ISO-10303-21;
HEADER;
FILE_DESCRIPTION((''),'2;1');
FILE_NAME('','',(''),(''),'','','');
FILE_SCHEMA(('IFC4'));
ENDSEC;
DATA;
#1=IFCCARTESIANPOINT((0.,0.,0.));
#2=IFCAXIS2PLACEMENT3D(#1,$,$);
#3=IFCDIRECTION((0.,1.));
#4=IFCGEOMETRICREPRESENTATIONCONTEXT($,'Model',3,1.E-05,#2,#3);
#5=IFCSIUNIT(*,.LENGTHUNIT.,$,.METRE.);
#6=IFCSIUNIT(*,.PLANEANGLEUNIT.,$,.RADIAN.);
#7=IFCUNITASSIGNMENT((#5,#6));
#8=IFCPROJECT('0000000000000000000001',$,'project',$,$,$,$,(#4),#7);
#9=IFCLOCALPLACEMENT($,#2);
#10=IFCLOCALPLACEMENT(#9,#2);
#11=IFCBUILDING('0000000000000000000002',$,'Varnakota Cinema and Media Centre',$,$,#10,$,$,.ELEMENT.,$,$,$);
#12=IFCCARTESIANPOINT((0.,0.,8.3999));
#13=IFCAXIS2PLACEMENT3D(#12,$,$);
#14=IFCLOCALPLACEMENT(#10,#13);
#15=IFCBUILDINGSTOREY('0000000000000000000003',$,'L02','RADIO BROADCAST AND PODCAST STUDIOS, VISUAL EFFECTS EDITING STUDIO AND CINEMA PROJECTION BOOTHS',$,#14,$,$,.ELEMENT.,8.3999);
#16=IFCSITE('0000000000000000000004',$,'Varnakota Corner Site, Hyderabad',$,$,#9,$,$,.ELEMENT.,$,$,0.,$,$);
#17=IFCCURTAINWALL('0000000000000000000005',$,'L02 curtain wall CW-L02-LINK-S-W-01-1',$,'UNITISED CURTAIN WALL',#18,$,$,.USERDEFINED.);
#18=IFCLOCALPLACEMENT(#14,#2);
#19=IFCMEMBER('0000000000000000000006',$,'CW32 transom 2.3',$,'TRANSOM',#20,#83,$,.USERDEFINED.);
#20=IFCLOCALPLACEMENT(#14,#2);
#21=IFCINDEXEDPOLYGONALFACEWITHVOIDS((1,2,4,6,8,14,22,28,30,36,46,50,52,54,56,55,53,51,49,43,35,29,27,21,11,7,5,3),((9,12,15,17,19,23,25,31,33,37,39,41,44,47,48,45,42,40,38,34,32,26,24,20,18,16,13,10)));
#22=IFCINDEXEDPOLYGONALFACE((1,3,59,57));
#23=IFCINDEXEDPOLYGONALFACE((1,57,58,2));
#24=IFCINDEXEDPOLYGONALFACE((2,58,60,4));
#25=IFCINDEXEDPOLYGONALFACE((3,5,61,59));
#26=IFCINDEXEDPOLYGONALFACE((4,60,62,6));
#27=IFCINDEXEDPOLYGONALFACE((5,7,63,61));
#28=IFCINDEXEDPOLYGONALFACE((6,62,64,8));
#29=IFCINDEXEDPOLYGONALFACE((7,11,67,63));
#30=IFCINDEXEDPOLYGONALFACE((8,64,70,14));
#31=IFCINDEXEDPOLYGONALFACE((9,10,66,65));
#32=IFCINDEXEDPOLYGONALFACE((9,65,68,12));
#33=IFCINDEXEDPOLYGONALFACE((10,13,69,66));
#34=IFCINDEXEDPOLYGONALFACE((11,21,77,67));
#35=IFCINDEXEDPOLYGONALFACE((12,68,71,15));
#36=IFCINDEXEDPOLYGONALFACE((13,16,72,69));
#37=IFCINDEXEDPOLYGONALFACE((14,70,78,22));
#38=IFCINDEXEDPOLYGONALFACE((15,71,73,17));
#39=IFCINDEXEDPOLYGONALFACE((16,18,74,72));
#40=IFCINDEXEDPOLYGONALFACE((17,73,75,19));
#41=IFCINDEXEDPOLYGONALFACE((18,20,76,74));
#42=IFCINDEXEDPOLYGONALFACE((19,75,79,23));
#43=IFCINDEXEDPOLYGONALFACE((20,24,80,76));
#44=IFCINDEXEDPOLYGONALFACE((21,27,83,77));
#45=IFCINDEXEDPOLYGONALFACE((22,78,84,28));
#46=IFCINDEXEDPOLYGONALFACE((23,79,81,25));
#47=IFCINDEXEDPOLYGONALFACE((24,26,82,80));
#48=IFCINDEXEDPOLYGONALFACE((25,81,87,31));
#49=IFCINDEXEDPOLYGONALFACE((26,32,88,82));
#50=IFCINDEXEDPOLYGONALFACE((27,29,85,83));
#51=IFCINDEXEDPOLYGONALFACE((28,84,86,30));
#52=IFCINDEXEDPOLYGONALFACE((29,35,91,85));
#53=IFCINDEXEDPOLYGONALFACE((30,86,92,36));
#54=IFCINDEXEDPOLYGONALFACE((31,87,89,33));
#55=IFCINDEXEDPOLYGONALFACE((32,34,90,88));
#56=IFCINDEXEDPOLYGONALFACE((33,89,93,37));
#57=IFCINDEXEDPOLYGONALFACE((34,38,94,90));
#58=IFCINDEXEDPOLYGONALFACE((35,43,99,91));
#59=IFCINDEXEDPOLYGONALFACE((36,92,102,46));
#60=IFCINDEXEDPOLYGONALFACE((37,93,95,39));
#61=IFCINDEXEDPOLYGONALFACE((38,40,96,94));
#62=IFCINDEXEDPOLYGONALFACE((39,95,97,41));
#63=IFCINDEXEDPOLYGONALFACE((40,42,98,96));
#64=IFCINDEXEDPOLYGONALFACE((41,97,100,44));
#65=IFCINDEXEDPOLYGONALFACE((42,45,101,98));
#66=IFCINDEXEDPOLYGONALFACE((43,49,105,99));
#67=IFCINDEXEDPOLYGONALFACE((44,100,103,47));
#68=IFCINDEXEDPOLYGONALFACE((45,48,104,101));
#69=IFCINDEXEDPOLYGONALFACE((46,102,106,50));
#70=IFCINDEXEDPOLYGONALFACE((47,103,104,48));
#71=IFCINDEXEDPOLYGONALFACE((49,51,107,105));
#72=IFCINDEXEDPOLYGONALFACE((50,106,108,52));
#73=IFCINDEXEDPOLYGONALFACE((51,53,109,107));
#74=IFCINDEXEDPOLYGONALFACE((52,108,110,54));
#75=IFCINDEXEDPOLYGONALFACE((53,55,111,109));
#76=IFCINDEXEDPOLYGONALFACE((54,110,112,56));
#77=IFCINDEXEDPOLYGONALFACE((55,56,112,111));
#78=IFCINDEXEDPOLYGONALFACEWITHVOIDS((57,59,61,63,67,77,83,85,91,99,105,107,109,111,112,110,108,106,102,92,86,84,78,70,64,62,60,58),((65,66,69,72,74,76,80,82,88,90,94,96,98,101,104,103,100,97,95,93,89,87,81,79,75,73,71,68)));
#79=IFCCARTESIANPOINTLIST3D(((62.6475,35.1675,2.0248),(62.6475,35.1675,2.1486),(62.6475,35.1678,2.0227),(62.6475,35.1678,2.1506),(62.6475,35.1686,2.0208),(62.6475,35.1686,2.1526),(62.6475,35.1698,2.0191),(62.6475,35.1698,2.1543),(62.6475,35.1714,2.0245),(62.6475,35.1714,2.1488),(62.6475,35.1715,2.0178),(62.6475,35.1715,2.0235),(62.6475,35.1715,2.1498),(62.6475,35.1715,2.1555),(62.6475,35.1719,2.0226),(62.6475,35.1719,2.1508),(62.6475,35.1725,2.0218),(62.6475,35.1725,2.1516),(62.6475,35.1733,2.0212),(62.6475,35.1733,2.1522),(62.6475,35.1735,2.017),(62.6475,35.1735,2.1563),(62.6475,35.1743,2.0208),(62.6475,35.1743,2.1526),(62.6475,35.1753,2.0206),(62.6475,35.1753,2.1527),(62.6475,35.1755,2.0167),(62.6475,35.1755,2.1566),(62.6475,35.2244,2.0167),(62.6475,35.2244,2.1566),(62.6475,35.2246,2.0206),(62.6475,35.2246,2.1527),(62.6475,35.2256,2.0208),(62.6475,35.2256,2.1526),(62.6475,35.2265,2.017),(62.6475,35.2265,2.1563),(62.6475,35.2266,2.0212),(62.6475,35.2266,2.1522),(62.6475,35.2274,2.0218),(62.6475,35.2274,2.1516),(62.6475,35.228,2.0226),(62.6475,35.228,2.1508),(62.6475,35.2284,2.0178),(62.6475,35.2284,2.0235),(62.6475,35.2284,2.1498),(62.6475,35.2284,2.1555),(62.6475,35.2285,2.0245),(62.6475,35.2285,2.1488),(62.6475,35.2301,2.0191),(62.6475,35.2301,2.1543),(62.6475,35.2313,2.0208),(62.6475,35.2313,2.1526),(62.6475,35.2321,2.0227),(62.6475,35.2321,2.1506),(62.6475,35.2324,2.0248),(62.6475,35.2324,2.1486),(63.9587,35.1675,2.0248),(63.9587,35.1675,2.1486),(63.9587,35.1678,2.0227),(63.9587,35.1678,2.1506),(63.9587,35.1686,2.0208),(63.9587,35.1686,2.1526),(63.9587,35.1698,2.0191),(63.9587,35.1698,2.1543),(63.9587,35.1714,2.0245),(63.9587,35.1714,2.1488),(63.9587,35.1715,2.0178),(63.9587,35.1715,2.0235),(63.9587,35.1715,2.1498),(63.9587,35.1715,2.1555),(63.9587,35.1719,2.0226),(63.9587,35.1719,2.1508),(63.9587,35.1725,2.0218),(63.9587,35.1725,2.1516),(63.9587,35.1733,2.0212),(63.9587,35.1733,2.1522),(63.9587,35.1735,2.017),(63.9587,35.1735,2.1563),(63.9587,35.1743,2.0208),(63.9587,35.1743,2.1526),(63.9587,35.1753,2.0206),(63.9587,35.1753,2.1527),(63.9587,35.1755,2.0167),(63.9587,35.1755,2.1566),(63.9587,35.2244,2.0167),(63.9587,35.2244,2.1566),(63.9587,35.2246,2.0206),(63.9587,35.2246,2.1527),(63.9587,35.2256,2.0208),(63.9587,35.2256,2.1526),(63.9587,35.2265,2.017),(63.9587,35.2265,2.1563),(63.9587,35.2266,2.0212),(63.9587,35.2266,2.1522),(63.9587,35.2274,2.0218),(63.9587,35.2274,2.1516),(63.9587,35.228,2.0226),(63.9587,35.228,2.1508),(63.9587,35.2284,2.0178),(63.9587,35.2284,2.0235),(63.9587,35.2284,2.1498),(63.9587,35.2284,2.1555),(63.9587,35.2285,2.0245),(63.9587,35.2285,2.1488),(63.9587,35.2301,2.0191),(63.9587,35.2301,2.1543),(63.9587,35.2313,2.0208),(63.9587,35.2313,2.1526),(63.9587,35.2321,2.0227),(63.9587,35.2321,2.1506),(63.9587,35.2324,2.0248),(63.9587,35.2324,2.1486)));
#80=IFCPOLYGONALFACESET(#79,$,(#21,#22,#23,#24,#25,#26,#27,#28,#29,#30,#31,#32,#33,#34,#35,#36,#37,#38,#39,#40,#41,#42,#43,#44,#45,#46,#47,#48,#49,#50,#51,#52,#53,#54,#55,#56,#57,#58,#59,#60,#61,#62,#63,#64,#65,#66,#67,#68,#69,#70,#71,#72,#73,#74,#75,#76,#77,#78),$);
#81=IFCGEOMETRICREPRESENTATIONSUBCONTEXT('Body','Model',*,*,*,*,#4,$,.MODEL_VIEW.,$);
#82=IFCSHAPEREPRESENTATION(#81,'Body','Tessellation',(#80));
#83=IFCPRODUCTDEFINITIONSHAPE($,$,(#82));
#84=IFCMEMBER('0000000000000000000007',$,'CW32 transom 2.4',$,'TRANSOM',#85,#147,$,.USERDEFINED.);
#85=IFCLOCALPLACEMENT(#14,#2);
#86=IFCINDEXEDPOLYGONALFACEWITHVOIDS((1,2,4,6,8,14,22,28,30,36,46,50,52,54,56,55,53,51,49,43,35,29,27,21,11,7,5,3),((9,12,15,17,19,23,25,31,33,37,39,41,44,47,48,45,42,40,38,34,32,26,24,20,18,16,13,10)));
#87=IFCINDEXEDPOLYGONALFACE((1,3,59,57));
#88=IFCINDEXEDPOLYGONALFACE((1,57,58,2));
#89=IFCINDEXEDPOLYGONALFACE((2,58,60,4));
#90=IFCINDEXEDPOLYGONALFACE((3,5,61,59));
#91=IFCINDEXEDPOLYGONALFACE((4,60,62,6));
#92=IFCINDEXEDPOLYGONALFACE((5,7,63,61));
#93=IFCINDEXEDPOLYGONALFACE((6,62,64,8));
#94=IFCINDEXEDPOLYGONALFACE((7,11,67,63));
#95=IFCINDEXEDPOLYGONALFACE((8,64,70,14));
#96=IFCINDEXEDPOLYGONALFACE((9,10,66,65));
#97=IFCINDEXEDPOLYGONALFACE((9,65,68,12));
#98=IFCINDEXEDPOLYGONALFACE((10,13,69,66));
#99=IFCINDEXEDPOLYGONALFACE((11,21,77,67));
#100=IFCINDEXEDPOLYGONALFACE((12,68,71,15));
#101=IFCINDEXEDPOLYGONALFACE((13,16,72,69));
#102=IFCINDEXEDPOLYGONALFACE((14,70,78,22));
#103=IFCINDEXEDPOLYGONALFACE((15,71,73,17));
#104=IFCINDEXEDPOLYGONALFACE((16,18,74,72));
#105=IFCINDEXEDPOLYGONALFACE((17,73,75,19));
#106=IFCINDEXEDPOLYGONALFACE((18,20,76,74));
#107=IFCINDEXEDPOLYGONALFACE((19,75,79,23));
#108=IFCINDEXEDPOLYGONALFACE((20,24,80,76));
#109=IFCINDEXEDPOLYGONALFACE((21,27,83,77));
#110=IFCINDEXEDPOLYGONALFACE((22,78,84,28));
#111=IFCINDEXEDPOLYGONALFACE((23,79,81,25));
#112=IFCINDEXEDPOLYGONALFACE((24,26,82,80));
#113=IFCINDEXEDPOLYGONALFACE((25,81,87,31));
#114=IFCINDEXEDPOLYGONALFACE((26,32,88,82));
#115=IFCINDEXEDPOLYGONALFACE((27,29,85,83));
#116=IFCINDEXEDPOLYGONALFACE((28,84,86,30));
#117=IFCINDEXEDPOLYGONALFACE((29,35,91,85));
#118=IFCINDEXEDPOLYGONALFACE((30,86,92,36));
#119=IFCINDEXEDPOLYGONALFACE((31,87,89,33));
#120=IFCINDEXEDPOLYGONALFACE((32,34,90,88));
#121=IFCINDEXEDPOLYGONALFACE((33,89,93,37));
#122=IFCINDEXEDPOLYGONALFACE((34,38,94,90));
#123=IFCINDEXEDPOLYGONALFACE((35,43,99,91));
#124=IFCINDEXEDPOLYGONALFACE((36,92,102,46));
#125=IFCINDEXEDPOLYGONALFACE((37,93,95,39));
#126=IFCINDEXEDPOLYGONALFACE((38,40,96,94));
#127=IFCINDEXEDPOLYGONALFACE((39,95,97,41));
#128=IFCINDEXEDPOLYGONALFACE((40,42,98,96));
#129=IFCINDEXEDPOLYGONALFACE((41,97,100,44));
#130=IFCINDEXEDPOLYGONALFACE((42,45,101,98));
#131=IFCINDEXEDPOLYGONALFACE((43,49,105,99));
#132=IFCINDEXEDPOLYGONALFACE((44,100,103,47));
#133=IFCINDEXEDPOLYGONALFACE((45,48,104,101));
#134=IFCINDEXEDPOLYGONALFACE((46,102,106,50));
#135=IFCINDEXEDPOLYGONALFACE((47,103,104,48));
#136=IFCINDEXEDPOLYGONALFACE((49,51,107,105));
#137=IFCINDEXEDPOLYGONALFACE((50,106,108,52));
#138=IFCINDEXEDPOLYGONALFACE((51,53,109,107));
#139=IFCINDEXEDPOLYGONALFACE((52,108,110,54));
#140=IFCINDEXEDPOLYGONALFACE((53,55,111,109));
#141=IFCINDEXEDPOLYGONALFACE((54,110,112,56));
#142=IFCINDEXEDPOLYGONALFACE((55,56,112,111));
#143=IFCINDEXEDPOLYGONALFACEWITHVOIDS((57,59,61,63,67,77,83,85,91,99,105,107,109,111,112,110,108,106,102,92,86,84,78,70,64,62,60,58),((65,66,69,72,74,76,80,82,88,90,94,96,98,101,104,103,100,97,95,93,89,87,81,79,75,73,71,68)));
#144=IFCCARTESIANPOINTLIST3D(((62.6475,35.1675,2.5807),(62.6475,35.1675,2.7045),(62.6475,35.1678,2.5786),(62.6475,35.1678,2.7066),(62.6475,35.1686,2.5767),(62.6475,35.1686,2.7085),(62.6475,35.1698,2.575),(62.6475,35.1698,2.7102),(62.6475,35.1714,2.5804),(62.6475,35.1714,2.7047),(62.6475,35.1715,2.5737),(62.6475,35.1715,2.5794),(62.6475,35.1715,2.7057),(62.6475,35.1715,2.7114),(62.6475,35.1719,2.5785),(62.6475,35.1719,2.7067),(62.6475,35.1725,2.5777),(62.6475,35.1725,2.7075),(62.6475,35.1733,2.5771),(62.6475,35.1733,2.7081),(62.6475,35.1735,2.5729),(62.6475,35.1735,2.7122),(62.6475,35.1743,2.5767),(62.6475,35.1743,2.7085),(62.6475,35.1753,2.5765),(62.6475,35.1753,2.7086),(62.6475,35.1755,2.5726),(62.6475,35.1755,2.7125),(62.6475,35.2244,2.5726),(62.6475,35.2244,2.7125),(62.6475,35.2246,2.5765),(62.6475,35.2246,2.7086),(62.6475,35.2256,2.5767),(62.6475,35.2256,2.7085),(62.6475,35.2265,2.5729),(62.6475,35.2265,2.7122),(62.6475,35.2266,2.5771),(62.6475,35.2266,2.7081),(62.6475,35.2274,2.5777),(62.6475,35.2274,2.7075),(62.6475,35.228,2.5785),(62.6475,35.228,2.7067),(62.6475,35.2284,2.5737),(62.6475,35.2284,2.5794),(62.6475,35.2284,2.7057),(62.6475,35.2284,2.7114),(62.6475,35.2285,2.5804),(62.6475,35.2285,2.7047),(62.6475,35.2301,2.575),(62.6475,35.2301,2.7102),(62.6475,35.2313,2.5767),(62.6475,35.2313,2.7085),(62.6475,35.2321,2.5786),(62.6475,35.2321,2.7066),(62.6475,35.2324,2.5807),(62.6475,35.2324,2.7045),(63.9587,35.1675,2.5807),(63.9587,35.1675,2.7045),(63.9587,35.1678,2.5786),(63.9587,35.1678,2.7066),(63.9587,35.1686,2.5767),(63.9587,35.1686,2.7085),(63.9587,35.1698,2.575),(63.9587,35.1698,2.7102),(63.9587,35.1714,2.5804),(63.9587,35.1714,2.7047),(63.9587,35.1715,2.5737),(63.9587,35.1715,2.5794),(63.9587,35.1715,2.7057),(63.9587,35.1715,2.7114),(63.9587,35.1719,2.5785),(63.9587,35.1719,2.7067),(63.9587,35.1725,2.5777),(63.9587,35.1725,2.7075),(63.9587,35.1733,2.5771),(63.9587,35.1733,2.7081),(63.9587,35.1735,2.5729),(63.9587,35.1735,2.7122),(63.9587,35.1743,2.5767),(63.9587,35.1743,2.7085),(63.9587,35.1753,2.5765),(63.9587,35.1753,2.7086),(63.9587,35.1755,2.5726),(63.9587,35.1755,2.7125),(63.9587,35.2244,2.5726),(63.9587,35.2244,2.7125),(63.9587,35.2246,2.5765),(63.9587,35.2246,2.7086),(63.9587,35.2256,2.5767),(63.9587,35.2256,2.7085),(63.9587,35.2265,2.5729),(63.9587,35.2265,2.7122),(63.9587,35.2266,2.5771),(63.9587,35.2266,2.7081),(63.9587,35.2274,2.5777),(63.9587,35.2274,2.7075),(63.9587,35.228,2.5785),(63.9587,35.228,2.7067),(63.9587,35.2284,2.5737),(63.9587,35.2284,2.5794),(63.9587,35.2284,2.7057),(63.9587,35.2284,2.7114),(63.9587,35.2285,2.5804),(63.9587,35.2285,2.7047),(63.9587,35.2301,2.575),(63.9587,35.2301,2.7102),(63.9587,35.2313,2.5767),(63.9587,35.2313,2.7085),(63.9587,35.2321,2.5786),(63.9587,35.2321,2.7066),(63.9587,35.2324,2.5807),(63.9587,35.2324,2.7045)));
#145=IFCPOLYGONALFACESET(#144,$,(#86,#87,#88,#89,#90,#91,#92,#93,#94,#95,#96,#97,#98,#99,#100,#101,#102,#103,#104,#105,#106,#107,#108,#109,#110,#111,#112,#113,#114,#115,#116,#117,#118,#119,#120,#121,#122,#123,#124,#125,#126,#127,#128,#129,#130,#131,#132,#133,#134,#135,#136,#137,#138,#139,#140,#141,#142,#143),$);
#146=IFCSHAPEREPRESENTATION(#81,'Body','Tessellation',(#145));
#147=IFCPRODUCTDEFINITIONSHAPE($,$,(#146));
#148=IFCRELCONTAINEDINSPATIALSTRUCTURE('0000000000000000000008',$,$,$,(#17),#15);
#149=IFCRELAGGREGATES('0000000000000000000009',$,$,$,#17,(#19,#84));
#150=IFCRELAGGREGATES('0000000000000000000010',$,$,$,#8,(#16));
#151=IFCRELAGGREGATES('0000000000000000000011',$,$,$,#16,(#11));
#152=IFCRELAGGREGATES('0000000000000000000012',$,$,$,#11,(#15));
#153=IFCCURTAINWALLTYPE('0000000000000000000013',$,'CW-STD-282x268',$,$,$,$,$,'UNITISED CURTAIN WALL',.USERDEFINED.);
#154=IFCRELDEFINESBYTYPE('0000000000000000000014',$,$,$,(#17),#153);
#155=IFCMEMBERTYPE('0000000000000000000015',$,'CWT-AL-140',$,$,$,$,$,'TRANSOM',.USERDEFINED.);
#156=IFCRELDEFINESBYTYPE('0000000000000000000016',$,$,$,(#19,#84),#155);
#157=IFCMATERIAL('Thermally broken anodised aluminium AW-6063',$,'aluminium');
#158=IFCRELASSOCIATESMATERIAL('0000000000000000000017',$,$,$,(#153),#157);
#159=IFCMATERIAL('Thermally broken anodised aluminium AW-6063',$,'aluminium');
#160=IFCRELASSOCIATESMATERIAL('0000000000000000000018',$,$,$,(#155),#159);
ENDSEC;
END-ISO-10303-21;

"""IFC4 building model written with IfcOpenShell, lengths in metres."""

from ifc_helpers import new_model, si_unit, direction, frame, origin, origin_2d, place, context, subcontext, project, spatial, hollow_rectangle, extrude, material, material_profile, profile_set, type_object, element, aggregate, save


model = new_model("IFC4")

# Units and contexts
model_context = context("Model", 3, precision=1e-05, world=origin(), true_north=direction((0.0, 1.0)))
body_context = subcontext(model_context, "Body", "Model", "MODEL_VIEW")
ifc_project = project(units=[si_unit("LENGTHUNIT", "METRE"), si_unit("PLANEANGLEUNIT", "RADIAN")], contexts=[model_context])

# Site, building, storey
site_placement = place(None, origin())
site = spatial("IfcSite", under=ifc_project, at=site_placement, Name="Varnakota Corner Site, Hyderabad", CompositionType="ELEMENT", RefElevation=0.0)
building_placement = place(site_placement, origin())
building = spatial("IfcBuilding", under=site, at=building_placement, Name="Varnakota Cinema and Media Centre", CompositionType="ELEMENT")
storey_placement = place(building_placement, frame((0.0, 0.0, 8.3999)))
storey = spatial("IfcBuildingStorey", under=building, at=storey_placement, Name="L02", Description="RADIO BROADCAST AND PODCAST STUDIOS, VISUAL EFFECTS EDITING STUDIO AND CINEMA PROJECTION BOOTHS", CompositionType="ELEMENT", Elevation=8.3999)

# Curtain wall, members
ifc_material_1 = material(Name="Thermally broken anodised aluminium AW-6063", Category="aluminium")
curtain_wall_type = type_object("IfcCurtainWallType", Name="CW-STD-282x268", ElementType="UNITISED CURTAIN WALL", PredefinedType="USERDEFINED", material=ifc_material_1)
curtain_wall_placement = place(storey_placement, origin())
curtain_wall = element("IfcCurtainWall", 1, at=curtain_wall_placement, inside=storey, type_object=curtain_wall_type, Name="L02 curtain wall CW-L02-LINK-S-W-01-1", ObjectType="UNITISED CURTAIN WALL", PredefinedType="USERDEFINED")
ifc_material_2 = material(Name="Thermally broken anodised aluminium AW-6063", Category="aluminium")
ifc_material_profile_1 = material_profile(ifc_material_2, hollow_rectangle(XDim=0.0649, YDim=0.1399, WallThickness=0.0039, InnerFilletRadius=0.0039, OuterFilletRadius=0.0081, at=origin_2d()), Name="AL-TRANSOM 140x65x4")
ifc_profile_set_1 = profile_set([ifc_material_profile_1], Name="Thermally broken anodised aluminium AW-6063")
member_type_1 = type_object("IfcMemberType", Name="CWT-AL-140", ElementType="TRANSOM", PredefinedType="USERDEFINED", material=ifc_profile_set_1)
member_1_placement = place(storey_placement, frame((63.9587, 35.2, 2.0867), z_axis=(-1.0, 0.0, 0.0), x_axis=(0.0, -1.0, 0.0)))
member_1 = element("IfcMember", 2, at=member_1_placement, type_object=member_type_1, Name="CW32 transom 2.3", ObjectType="TRANSOM", PredefinedType="USERDEFINED", context=body_context, shape_type="SweptSolid", body=[
    extrude(hollow_rectangle(XDim=0.0649, YDim=0.1399, WallThickness=0.0039, InnerFilletRadius=0.0039, OuterFilletRadius=0.0081, at=origin_2d()), origin(), (0.0, 0.0, 1.0), 1.3113),
])
member_2_placement = place(storey_placement, frame((63.9587, 35.2, 2.6426), z_axis=(-1.0, 0.0, 0.0), x_axis=(0.0, -1.0, 0.0)))
member_2 = element("IfcMember", 3, at=member_2_placement, type_object=member_type_1, Name="CW32 transom 2.4", ObjectType="TRANSOM", PredefinedType="USERDEFINED", context=body_context, shape_type="SweptSolid", body=[
    extrude(hollow_rectangle(XDim=0.0649, YDim=0.1399, WallThickness=0.0039, InnerFilletRadius=0.0039, OuterFilletRadius=0.0081, at=origin_2d()), origin(), (0.0, 0.0, 1.0), 1.3113),
])

aggregate(curtain_wall, [member_1, member_2])

save(model, "model.ifc")
